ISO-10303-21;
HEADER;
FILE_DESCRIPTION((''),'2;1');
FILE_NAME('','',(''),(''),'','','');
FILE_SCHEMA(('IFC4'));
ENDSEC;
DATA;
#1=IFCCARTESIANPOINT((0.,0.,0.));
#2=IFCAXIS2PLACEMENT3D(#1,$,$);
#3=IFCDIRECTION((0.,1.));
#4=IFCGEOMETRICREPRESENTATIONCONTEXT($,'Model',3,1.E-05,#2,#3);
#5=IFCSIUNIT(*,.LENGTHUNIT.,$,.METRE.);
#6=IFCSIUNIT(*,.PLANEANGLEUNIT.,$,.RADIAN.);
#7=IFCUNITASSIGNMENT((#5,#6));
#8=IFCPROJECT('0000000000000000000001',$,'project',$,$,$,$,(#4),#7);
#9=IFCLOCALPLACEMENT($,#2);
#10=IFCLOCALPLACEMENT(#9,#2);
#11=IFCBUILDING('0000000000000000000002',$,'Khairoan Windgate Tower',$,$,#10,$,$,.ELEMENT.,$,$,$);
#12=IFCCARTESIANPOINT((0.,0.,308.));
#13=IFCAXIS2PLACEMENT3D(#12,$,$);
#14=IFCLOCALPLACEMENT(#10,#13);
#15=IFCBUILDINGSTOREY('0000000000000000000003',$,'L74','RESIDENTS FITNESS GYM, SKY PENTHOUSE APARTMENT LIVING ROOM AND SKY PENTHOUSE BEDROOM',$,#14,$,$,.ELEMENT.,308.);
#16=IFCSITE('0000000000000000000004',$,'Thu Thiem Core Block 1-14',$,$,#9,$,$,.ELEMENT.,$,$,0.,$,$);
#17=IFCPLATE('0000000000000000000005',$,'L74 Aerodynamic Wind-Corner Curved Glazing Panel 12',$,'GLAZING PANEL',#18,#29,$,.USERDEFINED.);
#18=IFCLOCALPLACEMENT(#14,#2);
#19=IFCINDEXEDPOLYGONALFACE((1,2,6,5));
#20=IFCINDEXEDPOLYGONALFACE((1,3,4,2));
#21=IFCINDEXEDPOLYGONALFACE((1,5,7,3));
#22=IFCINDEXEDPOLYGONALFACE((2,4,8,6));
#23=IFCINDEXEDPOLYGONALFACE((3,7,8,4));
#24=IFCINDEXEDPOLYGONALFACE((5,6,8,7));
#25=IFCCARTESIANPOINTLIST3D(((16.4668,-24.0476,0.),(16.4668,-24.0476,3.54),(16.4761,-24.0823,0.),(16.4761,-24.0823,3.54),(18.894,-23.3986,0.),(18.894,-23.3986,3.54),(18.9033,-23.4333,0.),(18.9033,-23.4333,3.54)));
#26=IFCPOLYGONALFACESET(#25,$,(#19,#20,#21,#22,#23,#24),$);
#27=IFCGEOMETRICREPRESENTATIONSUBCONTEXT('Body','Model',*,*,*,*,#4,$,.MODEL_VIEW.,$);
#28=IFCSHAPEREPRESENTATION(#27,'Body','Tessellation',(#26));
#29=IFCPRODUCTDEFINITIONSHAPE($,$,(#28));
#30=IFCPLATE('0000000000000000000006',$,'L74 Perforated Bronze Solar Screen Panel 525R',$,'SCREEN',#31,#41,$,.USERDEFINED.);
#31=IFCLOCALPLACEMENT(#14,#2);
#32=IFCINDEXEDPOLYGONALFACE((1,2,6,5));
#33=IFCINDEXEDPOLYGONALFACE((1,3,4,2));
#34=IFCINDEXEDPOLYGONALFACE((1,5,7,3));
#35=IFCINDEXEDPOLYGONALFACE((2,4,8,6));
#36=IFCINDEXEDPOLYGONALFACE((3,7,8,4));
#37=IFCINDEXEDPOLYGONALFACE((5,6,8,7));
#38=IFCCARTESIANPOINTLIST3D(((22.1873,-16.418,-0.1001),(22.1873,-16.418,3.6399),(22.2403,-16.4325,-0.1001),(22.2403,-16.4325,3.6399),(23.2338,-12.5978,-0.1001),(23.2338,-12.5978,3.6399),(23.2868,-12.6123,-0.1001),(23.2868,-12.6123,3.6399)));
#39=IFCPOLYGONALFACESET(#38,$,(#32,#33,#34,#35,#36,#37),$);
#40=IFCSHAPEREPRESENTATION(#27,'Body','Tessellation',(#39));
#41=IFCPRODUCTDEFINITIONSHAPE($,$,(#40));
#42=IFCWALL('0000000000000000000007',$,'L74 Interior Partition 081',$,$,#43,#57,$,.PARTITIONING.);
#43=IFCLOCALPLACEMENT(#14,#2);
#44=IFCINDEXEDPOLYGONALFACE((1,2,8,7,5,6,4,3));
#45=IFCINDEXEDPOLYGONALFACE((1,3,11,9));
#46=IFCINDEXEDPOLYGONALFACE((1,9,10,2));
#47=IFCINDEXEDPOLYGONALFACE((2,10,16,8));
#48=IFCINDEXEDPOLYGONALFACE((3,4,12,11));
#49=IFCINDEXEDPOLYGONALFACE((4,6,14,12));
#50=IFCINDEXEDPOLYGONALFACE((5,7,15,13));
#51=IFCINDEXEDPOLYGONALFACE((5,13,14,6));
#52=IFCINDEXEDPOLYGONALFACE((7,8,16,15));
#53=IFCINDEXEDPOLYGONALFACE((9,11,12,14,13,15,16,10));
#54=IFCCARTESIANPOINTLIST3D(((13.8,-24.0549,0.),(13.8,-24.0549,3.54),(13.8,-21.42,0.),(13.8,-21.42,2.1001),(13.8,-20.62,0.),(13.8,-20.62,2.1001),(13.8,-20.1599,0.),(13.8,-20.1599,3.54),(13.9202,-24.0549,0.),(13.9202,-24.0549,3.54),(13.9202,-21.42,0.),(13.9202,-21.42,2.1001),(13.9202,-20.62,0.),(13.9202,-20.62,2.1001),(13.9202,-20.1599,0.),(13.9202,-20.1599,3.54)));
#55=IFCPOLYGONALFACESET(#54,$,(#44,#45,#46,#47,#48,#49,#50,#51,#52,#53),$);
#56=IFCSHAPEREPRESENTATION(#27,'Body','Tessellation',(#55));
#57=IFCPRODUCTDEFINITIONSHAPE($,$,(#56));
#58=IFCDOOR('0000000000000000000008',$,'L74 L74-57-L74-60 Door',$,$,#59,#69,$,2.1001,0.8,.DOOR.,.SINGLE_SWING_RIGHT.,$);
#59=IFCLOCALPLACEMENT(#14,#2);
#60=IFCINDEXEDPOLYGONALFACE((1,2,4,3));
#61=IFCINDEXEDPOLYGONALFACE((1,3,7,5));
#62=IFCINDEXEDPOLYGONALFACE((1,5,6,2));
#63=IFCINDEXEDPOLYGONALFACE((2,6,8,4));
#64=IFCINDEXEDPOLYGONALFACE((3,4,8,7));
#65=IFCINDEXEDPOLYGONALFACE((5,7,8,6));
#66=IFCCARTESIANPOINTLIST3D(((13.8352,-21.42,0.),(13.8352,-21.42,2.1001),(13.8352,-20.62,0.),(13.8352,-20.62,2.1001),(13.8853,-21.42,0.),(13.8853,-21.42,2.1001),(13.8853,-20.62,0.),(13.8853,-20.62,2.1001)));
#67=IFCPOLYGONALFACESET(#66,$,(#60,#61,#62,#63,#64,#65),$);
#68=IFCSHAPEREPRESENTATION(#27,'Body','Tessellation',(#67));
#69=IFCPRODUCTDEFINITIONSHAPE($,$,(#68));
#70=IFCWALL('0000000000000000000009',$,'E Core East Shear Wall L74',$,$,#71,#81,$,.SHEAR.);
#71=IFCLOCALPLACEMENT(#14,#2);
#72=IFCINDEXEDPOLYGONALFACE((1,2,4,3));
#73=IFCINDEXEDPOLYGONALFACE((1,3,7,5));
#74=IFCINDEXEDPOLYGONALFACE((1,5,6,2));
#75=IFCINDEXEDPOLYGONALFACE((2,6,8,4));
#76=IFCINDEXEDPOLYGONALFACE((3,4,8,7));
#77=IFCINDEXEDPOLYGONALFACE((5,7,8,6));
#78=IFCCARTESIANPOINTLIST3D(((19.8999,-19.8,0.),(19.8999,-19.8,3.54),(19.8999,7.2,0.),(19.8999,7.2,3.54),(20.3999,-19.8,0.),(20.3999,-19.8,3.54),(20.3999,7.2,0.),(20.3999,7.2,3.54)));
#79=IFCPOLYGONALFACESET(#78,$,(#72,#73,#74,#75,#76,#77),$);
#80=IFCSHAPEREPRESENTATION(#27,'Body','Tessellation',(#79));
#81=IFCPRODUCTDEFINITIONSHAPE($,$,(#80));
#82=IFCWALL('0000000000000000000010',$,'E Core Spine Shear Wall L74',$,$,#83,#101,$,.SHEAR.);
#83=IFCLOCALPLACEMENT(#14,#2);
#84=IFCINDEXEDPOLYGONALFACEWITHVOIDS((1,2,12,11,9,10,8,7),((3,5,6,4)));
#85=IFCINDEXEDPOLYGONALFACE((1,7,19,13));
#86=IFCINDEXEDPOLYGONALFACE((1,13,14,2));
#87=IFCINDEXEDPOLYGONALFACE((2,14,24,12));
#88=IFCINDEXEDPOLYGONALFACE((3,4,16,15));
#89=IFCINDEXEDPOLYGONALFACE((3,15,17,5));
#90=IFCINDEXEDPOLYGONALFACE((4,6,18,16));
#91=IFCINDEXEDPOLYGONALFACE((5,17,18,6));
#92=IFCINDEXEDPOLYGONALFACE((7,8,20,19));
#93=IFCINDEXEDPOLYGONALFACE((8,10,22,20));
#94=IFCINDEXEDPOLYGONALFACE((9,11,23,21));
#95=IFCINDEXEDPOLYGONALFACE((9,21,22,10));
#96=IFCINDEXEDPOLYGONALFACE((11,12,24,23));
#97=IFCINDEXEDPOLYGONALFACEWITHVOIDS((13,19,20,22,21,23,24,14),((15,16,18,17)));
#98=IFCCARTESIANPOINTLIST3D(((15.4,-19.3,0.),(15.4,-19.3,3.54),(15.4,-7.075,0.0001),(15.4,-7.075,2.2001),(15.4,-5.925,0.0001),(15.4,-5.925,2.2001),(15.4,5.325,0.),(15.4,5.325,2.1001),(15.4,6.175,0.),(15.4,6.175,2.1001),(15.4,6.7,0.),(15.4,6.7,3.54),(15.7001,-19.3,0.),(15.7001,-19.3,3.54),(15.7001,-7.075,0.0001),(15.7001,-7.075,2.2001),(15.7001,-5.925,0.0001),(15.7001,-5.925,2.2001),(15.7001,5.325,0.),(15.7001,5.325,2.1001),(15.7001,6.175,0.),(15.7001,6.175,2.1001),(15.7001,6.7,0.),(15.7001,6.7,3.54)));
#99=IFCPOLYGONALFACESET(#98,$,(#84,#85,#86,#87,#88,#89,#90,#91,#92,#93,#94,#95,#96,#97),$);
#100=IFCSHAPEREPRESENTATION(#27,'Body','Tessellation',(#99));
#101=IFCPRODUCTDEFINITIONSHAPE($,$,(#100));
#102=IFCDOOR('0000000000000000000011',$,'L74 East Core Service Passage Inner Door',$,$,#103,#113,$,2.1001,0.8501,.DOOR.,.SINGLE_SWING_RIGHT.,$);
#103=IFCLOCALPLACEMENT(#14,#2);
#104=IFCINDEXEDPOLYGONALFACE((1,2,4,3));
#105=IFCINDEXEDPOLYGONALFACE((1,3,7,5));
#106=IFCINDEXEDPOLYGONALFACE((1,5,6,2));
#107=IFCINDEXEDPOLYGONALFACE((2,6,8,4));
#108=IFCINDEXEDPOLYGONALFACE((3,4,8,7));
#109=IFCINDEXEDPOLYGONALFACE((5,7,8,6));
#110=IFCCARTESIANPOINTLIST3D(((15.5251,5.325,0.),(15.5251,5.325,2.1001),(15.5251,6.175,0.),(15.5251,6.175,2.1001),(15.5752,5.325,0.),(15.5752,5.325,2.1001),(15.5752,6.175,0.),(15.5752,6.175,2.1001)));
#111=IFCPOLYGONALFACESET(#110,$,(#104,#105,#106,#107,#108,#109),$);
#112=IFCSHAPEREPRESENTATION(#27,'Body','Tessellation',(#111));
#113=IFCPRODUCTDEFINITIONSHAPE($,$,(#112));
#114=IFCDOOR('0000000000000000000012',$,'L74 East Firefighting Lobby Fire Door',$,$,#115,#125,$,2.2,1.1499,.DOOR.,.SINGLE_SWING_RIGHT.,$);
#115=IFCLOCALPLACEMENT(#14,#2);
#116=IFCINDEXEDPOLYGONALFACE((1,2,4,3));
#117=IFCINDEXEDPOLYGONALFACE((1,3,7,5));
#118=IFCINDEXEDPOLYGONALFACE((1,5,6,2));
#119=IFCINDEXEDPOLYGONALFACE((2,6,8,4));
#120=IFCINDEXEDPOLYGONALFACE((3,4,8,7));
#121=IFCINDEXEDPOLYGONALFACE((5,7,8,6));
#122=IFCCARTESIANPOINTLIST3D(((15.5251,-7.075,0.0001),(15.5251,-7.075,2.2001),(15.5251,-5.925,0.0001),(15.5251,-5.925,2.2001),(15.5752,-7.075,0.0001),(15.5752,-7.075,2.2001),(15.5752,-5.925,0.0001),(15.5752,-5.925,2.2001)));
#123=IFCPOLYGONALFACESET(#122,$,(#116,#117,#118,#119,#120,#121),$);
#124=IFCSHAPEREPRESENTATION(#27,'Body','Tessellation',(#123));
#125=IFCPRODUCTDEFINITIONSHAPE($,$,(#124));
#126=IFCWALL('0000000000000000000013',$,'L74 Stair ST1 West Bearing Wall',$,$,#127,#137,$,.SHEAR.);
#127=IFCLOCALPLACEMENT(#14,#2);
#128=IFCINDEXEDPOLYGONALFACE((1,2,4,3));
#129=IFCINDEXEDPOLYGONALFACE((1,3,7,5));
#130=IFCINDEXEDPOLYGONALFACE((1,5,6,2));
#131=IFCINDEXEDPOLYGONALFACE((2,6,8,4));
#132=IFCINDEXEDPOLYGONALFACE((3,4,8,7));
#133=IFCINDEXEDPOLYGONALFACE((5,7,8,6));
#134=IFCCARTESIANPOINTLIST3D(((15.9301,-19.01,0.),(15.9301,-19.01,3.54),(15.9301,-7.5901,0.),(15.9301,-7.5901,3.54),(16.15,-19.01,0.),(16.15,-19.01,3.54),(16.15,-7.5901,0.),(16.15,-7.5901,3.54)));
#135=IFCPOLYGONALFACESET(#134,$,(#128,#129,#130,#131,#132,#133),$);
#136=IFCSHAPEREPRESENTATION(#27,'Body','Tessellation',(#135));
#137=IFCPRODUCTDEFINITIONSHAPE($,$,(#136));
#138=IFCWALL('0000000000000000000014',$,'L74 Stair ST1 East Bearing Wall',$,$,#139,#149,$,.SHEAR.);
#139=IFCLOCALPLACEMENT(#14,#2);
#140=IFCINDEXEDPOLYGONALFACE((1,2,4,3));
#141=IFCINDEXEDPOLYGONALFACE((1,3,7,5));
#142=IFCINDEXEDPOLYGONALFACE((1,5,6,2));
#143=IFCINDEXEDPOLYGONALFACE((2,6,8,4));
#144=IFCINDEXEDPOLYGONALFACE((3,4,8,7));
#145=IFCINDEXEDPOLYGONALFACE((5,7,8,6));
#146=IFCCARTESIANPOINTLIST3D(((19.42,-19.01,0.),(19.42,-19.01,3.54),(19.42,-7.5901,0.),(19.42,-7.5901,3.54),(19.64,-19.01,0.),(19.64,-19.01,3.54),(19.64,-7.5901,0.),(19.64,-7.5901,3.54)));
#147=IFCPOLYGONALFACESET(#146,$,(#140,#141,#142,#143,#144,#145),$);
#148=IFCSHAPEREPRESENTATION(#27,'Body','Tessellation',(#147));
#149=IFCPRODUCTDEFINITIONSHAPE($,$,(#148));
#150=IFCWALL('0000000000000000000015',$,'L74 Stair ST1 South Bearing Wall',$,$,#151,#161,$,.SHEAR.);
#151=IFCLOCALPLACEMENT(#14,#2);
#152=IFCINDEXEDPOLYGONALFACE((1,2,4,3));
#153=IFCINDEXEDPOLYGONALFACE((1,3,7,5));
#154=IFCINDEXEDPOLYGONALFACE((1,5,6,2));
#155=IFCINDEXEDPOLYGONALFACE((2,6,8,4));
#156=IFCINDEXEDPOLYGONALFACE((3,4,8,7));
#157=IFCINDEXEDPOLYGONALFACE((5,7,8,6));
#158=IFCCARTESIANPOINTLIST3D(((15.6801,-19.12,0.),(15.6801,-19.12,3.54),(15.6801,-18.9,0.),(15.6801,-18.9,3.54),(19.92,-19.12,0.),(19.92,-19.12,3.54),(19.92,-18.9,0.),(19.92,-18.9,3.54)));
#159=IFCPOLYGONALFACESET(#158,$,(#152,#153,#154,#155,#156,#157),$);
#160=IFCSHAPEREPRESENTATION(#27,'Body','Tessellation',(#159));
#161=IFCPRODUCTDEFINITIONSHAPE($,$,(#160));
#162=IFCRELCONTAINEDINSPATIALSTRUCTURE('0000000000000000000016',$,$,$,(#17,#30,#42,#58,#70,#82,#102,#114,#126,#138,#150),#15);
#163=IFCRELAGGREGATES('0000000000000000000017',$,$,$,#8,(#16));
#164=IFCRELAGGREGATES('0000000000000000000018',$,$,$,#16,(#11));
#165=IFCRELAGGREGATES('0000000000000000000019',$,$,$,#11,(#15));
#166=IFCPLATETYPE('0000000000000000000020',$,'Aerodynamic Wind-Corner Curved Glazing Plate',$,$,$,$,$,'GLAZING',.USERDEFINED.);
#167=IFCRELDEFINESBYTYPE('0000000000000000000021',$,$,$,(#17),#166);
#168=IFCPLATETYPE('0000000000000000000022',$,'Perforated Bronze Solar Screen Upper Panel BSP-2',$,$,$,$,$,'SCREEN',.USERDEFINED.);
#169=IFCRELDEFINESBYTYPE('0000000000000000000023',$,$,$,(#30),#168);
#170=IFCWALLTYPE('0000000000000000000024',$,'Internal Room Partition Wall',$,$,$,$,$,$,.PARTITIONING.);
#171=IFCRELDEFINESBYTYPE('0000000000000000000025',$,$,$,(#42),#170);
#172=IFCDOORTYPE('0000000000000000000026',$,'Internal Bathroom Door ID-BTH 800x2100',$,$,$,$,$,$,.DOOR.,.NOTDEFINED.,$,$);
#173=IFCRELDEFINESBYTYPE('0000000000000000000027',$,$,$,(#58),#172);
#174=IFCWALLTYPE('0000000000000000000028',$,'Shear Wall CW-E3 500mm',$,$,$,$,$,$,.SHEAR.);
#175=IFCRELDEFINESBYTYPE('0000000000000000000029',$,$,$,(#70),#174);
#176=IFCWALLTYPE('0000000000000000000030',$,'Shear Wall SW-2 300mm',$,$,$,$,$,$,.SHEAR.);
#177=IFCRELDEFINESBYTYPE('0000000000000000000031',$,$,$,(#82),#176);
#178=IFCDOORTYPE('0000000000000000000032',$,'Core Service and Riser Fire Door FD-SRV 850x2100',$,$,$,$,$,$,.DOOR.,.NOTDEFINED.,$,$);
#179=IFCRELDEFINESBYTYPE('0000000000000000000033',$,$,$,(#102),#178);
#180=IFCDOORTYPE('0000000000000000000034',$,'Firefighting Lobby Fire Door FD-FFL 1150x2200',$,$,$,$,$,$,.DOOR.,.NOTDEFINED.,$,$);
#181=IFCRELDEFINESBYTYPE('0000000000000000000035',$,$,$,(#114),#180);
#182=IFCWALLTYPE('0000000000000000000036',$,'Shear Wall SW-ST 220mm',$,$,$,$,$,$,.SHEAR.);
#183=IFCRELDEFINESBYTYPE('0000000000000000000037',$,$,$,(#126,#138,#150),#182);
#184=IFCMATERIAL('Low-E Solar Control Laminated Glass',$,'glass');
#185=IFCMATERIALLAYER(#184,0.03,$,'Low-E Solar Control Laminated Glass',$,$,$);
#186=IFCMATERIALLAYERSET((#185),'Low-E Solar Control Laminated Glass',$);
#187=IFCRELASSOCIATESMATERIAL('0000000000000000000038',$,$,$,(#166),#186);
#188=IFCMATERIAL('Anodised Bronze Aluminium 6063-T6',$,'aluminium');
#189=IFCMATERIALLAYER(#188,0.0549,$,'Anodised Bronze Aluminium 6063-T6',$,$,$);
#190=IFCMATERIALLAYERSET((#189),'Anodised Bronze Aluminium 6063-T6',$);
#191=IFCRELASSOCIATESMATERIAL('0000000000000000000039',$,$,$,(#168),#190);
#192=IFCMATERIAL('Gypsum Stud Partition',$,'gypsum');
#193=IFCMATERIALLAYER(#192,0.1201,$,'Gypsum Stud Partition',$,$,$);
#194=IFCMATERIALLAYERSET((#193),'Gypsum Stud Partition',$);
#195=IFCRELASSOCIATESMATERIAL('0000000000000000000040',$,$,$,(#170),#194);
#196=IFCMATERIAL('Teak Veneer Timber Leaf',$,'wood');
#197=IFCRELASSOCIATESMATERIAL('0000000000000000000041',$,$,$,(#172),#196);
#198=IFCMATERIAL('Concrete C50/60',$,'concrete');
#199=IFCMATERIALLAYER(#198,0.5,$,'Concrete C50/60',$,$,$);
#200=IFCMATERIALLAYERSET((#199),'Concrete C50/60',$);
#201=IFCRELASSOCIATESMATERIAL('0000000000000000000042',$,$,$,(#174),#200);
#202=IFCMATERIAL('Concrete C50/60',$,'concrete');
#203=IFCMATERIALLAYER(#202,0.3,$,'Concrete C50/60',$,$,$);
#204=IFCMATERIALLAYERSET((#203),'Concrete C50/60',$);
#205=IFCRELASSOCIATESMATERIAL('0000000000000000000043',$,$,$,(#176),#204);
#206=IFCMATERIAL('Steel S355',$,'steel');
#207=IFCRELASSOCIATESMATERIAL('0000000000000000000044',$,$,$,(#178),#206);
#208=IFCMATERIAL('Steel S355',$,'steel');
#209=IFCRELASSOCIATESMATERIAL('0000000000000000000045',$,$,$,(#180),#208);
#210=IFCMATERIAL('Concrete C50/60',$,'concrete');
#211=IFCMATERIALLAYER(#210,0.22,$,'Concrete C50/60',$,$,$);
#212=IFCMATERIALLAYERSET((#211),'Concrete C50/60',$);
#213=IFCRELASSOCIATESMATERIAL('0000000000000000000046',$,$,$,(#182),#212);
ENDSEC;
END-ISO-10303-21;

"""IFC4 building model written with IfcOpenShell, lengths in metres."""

from ifc_helpers import new_model, si_unit, direction, frame, frame_2d, origin, origin_2d, place, context, subcontext, project, spatial, rectangle, extrude, material, layer, layer_set, type_object, element, fill, save


model = new_model("IFC4")

# Units and contexts
model_context = context("Model", 3, precision=1e-05, world=origin(), true_north=direction((0.0, 1.0)))
body_context = subcontext(model_context, "Body", "Model", "MODEL_VIEW")
ifc_project = project(units=[si_unit("LENGTHUNIT", "METRE"), si_unit("PLANEANGLEUNIT", "RADIAN")], contexts=[model_context])

# Site, building, storey
site_placement = place(None, origin())
site = spatial("IfcSite", under=ifc_project, at=site_placement, Name="Thu Thiem Core Block 1-14", CompositionType="ELEMENT", RefElevation=0.0)
building_placement = place(site_placement, origin())
building = spatial("IfcBuilding", under=site, at=building_placement, Name="Khairoan Windgate Tower", CompositionType="ELEMENT")
storey_placement = place(building_placement, frame((0.0, 0.0, 308.0)))
storey = spatial("IfcBuildingStorey", under=building, at=storey_placement, Name="L74", Description="RESIDENTS FITNESS GYM, SKY PENTHOUSE APARTMENT LIVING ROOM AND SKY PENTHOUSE BEDROOM", CompositionType="ELEMENT", Elevation=308.0)

# Plate
ifc_material_1 = material(Name="Low-E Solar Control Laminated Glass", Category="glass")
ifc_layer_1 = layer(ifc_material_1, 0.03, Name="Low-E Solar Control Laminated Glass")
ifc_layer_set_1 = layer_set([ifc_layer_1], Name="Low-E Solar Control Laminated Glass")
plate_type_1 = type_object("IfcPlateType", Name="Aerodynamic Wind-Corner Curved Glazing Plate", ElementType="GLAZING", PredefinedType="USERDEFINED", material=ifc_layer_set_1)
plate_1_placement = place(storey_placement, frame((17.6851, -23.7405, 0.0), z_axis=(0.0, 0.0, 1.0), x_axis=(-0.966061, -0.258313, 0.0)))
element("IfcPlate", 1, at=plate_1_placement, inside=storey, type_object=plate_type_1, Name="L74 Aerodynamic Wind-Corner Curved Glazing Panel 12", ObjectType="GLAZING PANEL", PredefinedType="USERDEFINED", context=body_context, shape_type="SweptSolid", body=[
    extrude(rectangle(XDim=2.5125, YDim=0.0359, at=origin_2d()), origin(), (0.0, 0.0, 1.0), 3.54),
])

# Plate
ifc_material_2 = material(Name="Anodised Bronze Aluminium 6063-T6", Category="aluminium")
ifc_layer_2 = layer(ifc_material_2, 0.0549, Name="Anodised Bronze Aluminium 6063-T6")
ifc_layer_set_2 = layer_set([ifc_layer_2], Name="Anodised Bronze Aluminium 6063-T6")
plate_type_2 = type_object("IfcPlateType", Name="Perforated Bronze Solar Screen Upper Panel BSP-2", ElementType="SCREEN", PredefinedType="USERDEFINED", material=ifc_layer_set_2)
plate_2_placement = place(storey_placement, frame((22.7371, -14.5151, -0.1001), z_axis=(0.0, 0.0, 1.0), x_axis=(-0.26421, -0.964465, 0.0)))
element("IfcPlate", 2, at=plate_2_placement, inside=storey, type_object=plate_type_2, Name="L74 Perforated Bronze Solar Screen Panel 525R", ObjectType="SCREEN", PredefinedType="USERDEFINED", context=body_context, shape_type="SweptSolid", body=[
    extrude(rectangle(XDim=3.9609, YDim=0.0549, at=origin_2d()), origin(), (0.0, 0.0, 1.0), 3.74),
])

# Wall, opening, door
ifc_material_3 = material(Name="Gypsum Stud Partition", Category="gypsum")
ifc_layer_3 = layer(ifc_material_3, 0.1201, Name="Gypsum Stud Partition")
ifc_layer_set_3 = layer_set([ifc_layer_3], Name="Gypsum Stud Partition")
wall_type_1 = type_object("IfcWallType", Name="Internal Room Partition Wall", PredefinedType="PARTITIONING", material=ifc_layer_set_3)
wall_1_placement = place(storey_placement, frame((13.8601, -24.0549, 0.0), z_axis=(0.0, 0.0, 1.0), x_axis=(0.0, 1.0, 0.0)))
wall_1 = element("IfcWall", 3, at=wall_1_placement, inside=storey, type_object=wall_type_1, Name="L74 Interior Partition 081", PredefinedType="PARTITIONING", context=body_context, shape_type="SweptSolid", body=[
    extrude(rectangle(XDim=3.895, YDim=0.1201, at=frame_2d((1.9475, 0.0))), origin(), (0.0, 0.0, 1.0), 3.54),
])
opening_1_placement = place(wall_1_placement, frame((2.635, 0.0, 0.0)))
opening_1 = element("IfcOpeningElement", 4, at=opening_1_placement, cuts=wall_1, PredefinedType="OPENING", context=body_context, shape_type="SweptSolid", body=[
    extrude(rectangle(XDim=0.8, YDim=2.1001, at=frame_2d((0.3999, 1.05))), frame((0.0, 0.0701, 0.0), z_axis=(0.0, -1.0, 0.0), x_axis=(1.0, 0.0, 0.0)), (0.0, 0.0, 1.0), 0.1401),
])
ifc_material_4 = material(Name="Teak Veneer Timber Leaf", Category="wood")
door_type_1 = type_object("IfcDoorType", Name="Internal Bathroom Door ID-BTH 800x2100", OperationType="NOTDEFINED", PredefinedType="DOOR", material=ifc_material_4)
door_1_placement = place(opening_1_placement, origin())
door_1 = element("IfcDoor", 5, at=door_1_placement, inside=storey, type_object=door_type_1, Name="L74 L74-57-L74-60 Door", OperationType="SINGLE_SWING_RIGHT", OverallHeight=2.1001, OverallWidth=0.8, PredefinedType="DOOR", context=body_context, shape_type="SweptSolid", body=[
    extrude(rectangle(XDim=0.8, YDim=2.1001, at=frame_2d((0.3999, 1.05))), frame((0.0, 0.0249, 0.0), z_axis=(0.0, -1.0, 0.0), x_axis=(1.0, 0.0, 0.0)), (0.0, 0.0, 1.0), 0.05),
])
fill(opening_1, door_1)

# Wall
ifc_material_5 = material(Name="Concrete C50/60", Category="concrete")
ifc_layer_4 = layer(ifc_material_5, 0.5, Name="Concrete C50/60")
ifc_layer_set_4 = layer_set([ifc_layer_4], Name="Concrete C50/60")
wall_type_2 = type_object("IfcWallType", Name="Shear Wall CW-E3 500mm", PredefinedType="SHEAR", material=ifc_layer_set_4)
wall_2_placement = place(storey_placement, frame((20.1499, -19.8, 0.0), z_axis=(0.0, 0.0, 1.0), x_axis=(0.0, 1.0, 0.0)))
element("IfcWall", 6, at=wall_2_placement, inside=storey, type_object=wall_type_2, Name="E Core East Shear Wall L74", PredefinedType="SHEAR", context=body_context, shape_type="SweptSolid", body=[
    extrude(rectangle(XDim=27.0, YDim=0.5, at=frame_2d((13.5, 0.0))), origin(), (0.0, 0.0, 1.0), 3.54),
])

# Wall, openings, doors
ifc_material_6 = material(Name="Concrete C50/60", Category="concrete")
ifc_layer_5 = layer(ifc_material_6, 0.3, Name="Concrete C50/60")
ifc_layer_set_5 = layer_set([ifc_layer_5], Name="Concrete C50/60")
wall_type_3 = type_object("IfcWallType", Name="Shear Wall SW-2 300mm", PredefinedType="SHEAR", material=ifc_layer_set_5)
wall_3_placement = place(storey_placement, frame((15.55, -19.3, 0.0), z_axis=(0.0, 0.0, 1.0), x_axis=(0.0, 1.0, 0.0)))
wall_3 = element("IfcWall", 7, at=wall_3_placement, inside=storey, type_object=wall_type_3, Name="E Core Spine Shear Wall L74", PredefinedType="SHEAR", context=body_context, shape_type="SweptSolid", body=[
    extrude(rectangle(XDim=26.0, YDim=0.3, at=frame_2d((13.0, 0.0))), origin(), (0.0, 0.0, 1.0), 3.54),
])
opening_2_placement = place(wall_3_placement, frame((12.2251, 0.0, 0.0)))
opening_2 = element("IfcOpeningElement", 8, at=opening_2_placement, cuts=wall_3, PredefinedType="OPENING", context=body_context, shape_type="SweptSolid", body=[
    extrude(rectangle(XDim=1.1499, YDim=2.2, at=frame_2d((0.575, 1.1001))), frame((0.0, 0.1599, 0.0), z_axis=(0.0, -1.0, 0.0), x_axis=(1.0, 0.0, 0.0)), (0.0, 0.0, 1.0), 0.3201),
])
opening_3_placement = place(wall_3_placement, frame((24.625, 0.0, 0.0)))
opening_3 = element("IfcOpeningElement", 9, at=opening_3_placement, cuts=wall_3, PredefinedType="OPENING", context=body_context, shape_type="SweptSolid", body=[
    extrude(rectangle(XDim=0.8501, YDim=2.1001, at=frame_2d((0.425, 1.05))), frame((0.0, 0.1599, 0.0), z_axis=(0.0, -1.0, 0.0), x_axis=(1.0, 0.0, 0.0)), (0.0, 0.0, 1.0), 0.3201),
])
ifc_material_7 = material(Name="Steel S355", Category="steel")
door_type_2 = type_object("IfcDoorType", Name="Core Service and Riser Fire Door FD-SRV 850x2100", OperationType="NOTDEFINED", PredefinedType="DOOR", material=ifc_material_7)
door_2_placement = place(opening_3_placement, origin())
door_2 = element("IfcDoor", 10, at=door_2_placement, inside=storey, type_object=door_type_2, Name="L74 East Core Service Passage Inner Door", OperationType="SINGLE_SWING_RIGHT", OverallHeight=2.1001, OverallWidth=0.8501, PredefinedType="DOOR", context=body_context, shape_type="SweptSolid", body=[
    extrude(rectangle(XDim=0.8501, YDim=2.1001, at=frame_2d((0.425, 1.05))), frame((0.0, 0.0249, 0.0), z_axis=(0.0, -1.0, 0.0), x_axis=(1.0, 0.0, 0.0)), (0.0, 0.0, 1.0), 0.05),
])
fill(opening_3, door_2)
ifc_material_8 = material(Name="Steel S355", Category="steel")
door_type_3 = type_object("IfcDoorType", Name="Firefighting Lobby Fire Door FD-FFL 1150x2200", OperationType="NOTDEFINED", PredefinedType="DOOR", material=ifc_material_8)
door_3_placement = place(opening_2_placement, origin())
door_3 = element("IfcDoor", 11, at=door_3_placement, inside=storey, type_object=door_type_3, Name="L74 East Firefighting Lobby Fire Door", OperationType="SINGLE_SWING_RIGHT", OverallHeight=2.2, OverallWidth=1.1499, PredefinedType="DOOR", context=body_context, shape_type="SweptSolid", body=[
    extrude(rectangle(XDim=1.1499, YDim=2.2, at=frame_2d((0.575, 1.1001))), frame((0.0, 0.0249, 0.0), z_axis=(0.0, -1.0, 0.0), x_axis=(1.0, 0.0, 0.0)), (0.0, 0.0, 1.0), 0.05),
])
fill(opening_2, door_3)

# Walls
ifc_material_9 = material(Name="Concrete C50/60", Category="concrete")
ifc_layer_6 = layer(ifc_material_9, 0.22, Name="Concrete C50/60")
ifc_layer_set_6 = layer_set([ifc_layer_6], Name="Concrete C50/60")
wall_type_4 = type_object("IfcWallType", Name="Shear Wall SW-ST 220mm", PredefinedType="SHEAR", material=ifc_layer_set_6)
for number, where, z_axis, x_axis, name in (
    (12, (16.04, -19.01, 0.0), (0.0, 0.0, 1.0), (0.0, 1.0, 0.0), "L74 Stair ST1 West Bearing Wall"),
    (13, (19.53, -19.01, 0.0), (0.0, 0.0, 1.0), (0.0, 1.0, 0.0), "L74 Stair ST1 East Bearing Wall"),
):
    element("IfcWall", number, at=place(storey_placement, frame(where, z_axis=z_axis, x_axis=x_axis)), inside=storey, type_object=wall_type_4, Name=name, PredefinedType="SHEAR", context=body_context, shape_type="SweptSolid", body=[
        extrude(rectangle(XDim=11.4199, YDim=0.22, at=frame_2d((5.71, 0.0))), origin(), (0.0, 0.0, 1.0), 3.54),
    ])
wall_4_placement = place(storey_placement, frame((15.6799, -19.01, 0.0), z_axis=(0.0, 0.0, 1.0), x_axis=(1.0, 0.0, 0.0)))
element("IfcWall", 14, at=wall_4_placement, inside=storey, type_object=wall_type_4, Name="L74 Stair ST1 South Bearing Wall", PredefinedType="SHEAR", context=body_context, shape_type="SweptSolid", body=[
    extrude(rectangle(XDim=4.24, YDim=0.22, at=frame_2d((2.1201, 0.0))), origin(), (0.0, 0.0, 1.0), 3.54),
])

save(model, "model.ifc")
